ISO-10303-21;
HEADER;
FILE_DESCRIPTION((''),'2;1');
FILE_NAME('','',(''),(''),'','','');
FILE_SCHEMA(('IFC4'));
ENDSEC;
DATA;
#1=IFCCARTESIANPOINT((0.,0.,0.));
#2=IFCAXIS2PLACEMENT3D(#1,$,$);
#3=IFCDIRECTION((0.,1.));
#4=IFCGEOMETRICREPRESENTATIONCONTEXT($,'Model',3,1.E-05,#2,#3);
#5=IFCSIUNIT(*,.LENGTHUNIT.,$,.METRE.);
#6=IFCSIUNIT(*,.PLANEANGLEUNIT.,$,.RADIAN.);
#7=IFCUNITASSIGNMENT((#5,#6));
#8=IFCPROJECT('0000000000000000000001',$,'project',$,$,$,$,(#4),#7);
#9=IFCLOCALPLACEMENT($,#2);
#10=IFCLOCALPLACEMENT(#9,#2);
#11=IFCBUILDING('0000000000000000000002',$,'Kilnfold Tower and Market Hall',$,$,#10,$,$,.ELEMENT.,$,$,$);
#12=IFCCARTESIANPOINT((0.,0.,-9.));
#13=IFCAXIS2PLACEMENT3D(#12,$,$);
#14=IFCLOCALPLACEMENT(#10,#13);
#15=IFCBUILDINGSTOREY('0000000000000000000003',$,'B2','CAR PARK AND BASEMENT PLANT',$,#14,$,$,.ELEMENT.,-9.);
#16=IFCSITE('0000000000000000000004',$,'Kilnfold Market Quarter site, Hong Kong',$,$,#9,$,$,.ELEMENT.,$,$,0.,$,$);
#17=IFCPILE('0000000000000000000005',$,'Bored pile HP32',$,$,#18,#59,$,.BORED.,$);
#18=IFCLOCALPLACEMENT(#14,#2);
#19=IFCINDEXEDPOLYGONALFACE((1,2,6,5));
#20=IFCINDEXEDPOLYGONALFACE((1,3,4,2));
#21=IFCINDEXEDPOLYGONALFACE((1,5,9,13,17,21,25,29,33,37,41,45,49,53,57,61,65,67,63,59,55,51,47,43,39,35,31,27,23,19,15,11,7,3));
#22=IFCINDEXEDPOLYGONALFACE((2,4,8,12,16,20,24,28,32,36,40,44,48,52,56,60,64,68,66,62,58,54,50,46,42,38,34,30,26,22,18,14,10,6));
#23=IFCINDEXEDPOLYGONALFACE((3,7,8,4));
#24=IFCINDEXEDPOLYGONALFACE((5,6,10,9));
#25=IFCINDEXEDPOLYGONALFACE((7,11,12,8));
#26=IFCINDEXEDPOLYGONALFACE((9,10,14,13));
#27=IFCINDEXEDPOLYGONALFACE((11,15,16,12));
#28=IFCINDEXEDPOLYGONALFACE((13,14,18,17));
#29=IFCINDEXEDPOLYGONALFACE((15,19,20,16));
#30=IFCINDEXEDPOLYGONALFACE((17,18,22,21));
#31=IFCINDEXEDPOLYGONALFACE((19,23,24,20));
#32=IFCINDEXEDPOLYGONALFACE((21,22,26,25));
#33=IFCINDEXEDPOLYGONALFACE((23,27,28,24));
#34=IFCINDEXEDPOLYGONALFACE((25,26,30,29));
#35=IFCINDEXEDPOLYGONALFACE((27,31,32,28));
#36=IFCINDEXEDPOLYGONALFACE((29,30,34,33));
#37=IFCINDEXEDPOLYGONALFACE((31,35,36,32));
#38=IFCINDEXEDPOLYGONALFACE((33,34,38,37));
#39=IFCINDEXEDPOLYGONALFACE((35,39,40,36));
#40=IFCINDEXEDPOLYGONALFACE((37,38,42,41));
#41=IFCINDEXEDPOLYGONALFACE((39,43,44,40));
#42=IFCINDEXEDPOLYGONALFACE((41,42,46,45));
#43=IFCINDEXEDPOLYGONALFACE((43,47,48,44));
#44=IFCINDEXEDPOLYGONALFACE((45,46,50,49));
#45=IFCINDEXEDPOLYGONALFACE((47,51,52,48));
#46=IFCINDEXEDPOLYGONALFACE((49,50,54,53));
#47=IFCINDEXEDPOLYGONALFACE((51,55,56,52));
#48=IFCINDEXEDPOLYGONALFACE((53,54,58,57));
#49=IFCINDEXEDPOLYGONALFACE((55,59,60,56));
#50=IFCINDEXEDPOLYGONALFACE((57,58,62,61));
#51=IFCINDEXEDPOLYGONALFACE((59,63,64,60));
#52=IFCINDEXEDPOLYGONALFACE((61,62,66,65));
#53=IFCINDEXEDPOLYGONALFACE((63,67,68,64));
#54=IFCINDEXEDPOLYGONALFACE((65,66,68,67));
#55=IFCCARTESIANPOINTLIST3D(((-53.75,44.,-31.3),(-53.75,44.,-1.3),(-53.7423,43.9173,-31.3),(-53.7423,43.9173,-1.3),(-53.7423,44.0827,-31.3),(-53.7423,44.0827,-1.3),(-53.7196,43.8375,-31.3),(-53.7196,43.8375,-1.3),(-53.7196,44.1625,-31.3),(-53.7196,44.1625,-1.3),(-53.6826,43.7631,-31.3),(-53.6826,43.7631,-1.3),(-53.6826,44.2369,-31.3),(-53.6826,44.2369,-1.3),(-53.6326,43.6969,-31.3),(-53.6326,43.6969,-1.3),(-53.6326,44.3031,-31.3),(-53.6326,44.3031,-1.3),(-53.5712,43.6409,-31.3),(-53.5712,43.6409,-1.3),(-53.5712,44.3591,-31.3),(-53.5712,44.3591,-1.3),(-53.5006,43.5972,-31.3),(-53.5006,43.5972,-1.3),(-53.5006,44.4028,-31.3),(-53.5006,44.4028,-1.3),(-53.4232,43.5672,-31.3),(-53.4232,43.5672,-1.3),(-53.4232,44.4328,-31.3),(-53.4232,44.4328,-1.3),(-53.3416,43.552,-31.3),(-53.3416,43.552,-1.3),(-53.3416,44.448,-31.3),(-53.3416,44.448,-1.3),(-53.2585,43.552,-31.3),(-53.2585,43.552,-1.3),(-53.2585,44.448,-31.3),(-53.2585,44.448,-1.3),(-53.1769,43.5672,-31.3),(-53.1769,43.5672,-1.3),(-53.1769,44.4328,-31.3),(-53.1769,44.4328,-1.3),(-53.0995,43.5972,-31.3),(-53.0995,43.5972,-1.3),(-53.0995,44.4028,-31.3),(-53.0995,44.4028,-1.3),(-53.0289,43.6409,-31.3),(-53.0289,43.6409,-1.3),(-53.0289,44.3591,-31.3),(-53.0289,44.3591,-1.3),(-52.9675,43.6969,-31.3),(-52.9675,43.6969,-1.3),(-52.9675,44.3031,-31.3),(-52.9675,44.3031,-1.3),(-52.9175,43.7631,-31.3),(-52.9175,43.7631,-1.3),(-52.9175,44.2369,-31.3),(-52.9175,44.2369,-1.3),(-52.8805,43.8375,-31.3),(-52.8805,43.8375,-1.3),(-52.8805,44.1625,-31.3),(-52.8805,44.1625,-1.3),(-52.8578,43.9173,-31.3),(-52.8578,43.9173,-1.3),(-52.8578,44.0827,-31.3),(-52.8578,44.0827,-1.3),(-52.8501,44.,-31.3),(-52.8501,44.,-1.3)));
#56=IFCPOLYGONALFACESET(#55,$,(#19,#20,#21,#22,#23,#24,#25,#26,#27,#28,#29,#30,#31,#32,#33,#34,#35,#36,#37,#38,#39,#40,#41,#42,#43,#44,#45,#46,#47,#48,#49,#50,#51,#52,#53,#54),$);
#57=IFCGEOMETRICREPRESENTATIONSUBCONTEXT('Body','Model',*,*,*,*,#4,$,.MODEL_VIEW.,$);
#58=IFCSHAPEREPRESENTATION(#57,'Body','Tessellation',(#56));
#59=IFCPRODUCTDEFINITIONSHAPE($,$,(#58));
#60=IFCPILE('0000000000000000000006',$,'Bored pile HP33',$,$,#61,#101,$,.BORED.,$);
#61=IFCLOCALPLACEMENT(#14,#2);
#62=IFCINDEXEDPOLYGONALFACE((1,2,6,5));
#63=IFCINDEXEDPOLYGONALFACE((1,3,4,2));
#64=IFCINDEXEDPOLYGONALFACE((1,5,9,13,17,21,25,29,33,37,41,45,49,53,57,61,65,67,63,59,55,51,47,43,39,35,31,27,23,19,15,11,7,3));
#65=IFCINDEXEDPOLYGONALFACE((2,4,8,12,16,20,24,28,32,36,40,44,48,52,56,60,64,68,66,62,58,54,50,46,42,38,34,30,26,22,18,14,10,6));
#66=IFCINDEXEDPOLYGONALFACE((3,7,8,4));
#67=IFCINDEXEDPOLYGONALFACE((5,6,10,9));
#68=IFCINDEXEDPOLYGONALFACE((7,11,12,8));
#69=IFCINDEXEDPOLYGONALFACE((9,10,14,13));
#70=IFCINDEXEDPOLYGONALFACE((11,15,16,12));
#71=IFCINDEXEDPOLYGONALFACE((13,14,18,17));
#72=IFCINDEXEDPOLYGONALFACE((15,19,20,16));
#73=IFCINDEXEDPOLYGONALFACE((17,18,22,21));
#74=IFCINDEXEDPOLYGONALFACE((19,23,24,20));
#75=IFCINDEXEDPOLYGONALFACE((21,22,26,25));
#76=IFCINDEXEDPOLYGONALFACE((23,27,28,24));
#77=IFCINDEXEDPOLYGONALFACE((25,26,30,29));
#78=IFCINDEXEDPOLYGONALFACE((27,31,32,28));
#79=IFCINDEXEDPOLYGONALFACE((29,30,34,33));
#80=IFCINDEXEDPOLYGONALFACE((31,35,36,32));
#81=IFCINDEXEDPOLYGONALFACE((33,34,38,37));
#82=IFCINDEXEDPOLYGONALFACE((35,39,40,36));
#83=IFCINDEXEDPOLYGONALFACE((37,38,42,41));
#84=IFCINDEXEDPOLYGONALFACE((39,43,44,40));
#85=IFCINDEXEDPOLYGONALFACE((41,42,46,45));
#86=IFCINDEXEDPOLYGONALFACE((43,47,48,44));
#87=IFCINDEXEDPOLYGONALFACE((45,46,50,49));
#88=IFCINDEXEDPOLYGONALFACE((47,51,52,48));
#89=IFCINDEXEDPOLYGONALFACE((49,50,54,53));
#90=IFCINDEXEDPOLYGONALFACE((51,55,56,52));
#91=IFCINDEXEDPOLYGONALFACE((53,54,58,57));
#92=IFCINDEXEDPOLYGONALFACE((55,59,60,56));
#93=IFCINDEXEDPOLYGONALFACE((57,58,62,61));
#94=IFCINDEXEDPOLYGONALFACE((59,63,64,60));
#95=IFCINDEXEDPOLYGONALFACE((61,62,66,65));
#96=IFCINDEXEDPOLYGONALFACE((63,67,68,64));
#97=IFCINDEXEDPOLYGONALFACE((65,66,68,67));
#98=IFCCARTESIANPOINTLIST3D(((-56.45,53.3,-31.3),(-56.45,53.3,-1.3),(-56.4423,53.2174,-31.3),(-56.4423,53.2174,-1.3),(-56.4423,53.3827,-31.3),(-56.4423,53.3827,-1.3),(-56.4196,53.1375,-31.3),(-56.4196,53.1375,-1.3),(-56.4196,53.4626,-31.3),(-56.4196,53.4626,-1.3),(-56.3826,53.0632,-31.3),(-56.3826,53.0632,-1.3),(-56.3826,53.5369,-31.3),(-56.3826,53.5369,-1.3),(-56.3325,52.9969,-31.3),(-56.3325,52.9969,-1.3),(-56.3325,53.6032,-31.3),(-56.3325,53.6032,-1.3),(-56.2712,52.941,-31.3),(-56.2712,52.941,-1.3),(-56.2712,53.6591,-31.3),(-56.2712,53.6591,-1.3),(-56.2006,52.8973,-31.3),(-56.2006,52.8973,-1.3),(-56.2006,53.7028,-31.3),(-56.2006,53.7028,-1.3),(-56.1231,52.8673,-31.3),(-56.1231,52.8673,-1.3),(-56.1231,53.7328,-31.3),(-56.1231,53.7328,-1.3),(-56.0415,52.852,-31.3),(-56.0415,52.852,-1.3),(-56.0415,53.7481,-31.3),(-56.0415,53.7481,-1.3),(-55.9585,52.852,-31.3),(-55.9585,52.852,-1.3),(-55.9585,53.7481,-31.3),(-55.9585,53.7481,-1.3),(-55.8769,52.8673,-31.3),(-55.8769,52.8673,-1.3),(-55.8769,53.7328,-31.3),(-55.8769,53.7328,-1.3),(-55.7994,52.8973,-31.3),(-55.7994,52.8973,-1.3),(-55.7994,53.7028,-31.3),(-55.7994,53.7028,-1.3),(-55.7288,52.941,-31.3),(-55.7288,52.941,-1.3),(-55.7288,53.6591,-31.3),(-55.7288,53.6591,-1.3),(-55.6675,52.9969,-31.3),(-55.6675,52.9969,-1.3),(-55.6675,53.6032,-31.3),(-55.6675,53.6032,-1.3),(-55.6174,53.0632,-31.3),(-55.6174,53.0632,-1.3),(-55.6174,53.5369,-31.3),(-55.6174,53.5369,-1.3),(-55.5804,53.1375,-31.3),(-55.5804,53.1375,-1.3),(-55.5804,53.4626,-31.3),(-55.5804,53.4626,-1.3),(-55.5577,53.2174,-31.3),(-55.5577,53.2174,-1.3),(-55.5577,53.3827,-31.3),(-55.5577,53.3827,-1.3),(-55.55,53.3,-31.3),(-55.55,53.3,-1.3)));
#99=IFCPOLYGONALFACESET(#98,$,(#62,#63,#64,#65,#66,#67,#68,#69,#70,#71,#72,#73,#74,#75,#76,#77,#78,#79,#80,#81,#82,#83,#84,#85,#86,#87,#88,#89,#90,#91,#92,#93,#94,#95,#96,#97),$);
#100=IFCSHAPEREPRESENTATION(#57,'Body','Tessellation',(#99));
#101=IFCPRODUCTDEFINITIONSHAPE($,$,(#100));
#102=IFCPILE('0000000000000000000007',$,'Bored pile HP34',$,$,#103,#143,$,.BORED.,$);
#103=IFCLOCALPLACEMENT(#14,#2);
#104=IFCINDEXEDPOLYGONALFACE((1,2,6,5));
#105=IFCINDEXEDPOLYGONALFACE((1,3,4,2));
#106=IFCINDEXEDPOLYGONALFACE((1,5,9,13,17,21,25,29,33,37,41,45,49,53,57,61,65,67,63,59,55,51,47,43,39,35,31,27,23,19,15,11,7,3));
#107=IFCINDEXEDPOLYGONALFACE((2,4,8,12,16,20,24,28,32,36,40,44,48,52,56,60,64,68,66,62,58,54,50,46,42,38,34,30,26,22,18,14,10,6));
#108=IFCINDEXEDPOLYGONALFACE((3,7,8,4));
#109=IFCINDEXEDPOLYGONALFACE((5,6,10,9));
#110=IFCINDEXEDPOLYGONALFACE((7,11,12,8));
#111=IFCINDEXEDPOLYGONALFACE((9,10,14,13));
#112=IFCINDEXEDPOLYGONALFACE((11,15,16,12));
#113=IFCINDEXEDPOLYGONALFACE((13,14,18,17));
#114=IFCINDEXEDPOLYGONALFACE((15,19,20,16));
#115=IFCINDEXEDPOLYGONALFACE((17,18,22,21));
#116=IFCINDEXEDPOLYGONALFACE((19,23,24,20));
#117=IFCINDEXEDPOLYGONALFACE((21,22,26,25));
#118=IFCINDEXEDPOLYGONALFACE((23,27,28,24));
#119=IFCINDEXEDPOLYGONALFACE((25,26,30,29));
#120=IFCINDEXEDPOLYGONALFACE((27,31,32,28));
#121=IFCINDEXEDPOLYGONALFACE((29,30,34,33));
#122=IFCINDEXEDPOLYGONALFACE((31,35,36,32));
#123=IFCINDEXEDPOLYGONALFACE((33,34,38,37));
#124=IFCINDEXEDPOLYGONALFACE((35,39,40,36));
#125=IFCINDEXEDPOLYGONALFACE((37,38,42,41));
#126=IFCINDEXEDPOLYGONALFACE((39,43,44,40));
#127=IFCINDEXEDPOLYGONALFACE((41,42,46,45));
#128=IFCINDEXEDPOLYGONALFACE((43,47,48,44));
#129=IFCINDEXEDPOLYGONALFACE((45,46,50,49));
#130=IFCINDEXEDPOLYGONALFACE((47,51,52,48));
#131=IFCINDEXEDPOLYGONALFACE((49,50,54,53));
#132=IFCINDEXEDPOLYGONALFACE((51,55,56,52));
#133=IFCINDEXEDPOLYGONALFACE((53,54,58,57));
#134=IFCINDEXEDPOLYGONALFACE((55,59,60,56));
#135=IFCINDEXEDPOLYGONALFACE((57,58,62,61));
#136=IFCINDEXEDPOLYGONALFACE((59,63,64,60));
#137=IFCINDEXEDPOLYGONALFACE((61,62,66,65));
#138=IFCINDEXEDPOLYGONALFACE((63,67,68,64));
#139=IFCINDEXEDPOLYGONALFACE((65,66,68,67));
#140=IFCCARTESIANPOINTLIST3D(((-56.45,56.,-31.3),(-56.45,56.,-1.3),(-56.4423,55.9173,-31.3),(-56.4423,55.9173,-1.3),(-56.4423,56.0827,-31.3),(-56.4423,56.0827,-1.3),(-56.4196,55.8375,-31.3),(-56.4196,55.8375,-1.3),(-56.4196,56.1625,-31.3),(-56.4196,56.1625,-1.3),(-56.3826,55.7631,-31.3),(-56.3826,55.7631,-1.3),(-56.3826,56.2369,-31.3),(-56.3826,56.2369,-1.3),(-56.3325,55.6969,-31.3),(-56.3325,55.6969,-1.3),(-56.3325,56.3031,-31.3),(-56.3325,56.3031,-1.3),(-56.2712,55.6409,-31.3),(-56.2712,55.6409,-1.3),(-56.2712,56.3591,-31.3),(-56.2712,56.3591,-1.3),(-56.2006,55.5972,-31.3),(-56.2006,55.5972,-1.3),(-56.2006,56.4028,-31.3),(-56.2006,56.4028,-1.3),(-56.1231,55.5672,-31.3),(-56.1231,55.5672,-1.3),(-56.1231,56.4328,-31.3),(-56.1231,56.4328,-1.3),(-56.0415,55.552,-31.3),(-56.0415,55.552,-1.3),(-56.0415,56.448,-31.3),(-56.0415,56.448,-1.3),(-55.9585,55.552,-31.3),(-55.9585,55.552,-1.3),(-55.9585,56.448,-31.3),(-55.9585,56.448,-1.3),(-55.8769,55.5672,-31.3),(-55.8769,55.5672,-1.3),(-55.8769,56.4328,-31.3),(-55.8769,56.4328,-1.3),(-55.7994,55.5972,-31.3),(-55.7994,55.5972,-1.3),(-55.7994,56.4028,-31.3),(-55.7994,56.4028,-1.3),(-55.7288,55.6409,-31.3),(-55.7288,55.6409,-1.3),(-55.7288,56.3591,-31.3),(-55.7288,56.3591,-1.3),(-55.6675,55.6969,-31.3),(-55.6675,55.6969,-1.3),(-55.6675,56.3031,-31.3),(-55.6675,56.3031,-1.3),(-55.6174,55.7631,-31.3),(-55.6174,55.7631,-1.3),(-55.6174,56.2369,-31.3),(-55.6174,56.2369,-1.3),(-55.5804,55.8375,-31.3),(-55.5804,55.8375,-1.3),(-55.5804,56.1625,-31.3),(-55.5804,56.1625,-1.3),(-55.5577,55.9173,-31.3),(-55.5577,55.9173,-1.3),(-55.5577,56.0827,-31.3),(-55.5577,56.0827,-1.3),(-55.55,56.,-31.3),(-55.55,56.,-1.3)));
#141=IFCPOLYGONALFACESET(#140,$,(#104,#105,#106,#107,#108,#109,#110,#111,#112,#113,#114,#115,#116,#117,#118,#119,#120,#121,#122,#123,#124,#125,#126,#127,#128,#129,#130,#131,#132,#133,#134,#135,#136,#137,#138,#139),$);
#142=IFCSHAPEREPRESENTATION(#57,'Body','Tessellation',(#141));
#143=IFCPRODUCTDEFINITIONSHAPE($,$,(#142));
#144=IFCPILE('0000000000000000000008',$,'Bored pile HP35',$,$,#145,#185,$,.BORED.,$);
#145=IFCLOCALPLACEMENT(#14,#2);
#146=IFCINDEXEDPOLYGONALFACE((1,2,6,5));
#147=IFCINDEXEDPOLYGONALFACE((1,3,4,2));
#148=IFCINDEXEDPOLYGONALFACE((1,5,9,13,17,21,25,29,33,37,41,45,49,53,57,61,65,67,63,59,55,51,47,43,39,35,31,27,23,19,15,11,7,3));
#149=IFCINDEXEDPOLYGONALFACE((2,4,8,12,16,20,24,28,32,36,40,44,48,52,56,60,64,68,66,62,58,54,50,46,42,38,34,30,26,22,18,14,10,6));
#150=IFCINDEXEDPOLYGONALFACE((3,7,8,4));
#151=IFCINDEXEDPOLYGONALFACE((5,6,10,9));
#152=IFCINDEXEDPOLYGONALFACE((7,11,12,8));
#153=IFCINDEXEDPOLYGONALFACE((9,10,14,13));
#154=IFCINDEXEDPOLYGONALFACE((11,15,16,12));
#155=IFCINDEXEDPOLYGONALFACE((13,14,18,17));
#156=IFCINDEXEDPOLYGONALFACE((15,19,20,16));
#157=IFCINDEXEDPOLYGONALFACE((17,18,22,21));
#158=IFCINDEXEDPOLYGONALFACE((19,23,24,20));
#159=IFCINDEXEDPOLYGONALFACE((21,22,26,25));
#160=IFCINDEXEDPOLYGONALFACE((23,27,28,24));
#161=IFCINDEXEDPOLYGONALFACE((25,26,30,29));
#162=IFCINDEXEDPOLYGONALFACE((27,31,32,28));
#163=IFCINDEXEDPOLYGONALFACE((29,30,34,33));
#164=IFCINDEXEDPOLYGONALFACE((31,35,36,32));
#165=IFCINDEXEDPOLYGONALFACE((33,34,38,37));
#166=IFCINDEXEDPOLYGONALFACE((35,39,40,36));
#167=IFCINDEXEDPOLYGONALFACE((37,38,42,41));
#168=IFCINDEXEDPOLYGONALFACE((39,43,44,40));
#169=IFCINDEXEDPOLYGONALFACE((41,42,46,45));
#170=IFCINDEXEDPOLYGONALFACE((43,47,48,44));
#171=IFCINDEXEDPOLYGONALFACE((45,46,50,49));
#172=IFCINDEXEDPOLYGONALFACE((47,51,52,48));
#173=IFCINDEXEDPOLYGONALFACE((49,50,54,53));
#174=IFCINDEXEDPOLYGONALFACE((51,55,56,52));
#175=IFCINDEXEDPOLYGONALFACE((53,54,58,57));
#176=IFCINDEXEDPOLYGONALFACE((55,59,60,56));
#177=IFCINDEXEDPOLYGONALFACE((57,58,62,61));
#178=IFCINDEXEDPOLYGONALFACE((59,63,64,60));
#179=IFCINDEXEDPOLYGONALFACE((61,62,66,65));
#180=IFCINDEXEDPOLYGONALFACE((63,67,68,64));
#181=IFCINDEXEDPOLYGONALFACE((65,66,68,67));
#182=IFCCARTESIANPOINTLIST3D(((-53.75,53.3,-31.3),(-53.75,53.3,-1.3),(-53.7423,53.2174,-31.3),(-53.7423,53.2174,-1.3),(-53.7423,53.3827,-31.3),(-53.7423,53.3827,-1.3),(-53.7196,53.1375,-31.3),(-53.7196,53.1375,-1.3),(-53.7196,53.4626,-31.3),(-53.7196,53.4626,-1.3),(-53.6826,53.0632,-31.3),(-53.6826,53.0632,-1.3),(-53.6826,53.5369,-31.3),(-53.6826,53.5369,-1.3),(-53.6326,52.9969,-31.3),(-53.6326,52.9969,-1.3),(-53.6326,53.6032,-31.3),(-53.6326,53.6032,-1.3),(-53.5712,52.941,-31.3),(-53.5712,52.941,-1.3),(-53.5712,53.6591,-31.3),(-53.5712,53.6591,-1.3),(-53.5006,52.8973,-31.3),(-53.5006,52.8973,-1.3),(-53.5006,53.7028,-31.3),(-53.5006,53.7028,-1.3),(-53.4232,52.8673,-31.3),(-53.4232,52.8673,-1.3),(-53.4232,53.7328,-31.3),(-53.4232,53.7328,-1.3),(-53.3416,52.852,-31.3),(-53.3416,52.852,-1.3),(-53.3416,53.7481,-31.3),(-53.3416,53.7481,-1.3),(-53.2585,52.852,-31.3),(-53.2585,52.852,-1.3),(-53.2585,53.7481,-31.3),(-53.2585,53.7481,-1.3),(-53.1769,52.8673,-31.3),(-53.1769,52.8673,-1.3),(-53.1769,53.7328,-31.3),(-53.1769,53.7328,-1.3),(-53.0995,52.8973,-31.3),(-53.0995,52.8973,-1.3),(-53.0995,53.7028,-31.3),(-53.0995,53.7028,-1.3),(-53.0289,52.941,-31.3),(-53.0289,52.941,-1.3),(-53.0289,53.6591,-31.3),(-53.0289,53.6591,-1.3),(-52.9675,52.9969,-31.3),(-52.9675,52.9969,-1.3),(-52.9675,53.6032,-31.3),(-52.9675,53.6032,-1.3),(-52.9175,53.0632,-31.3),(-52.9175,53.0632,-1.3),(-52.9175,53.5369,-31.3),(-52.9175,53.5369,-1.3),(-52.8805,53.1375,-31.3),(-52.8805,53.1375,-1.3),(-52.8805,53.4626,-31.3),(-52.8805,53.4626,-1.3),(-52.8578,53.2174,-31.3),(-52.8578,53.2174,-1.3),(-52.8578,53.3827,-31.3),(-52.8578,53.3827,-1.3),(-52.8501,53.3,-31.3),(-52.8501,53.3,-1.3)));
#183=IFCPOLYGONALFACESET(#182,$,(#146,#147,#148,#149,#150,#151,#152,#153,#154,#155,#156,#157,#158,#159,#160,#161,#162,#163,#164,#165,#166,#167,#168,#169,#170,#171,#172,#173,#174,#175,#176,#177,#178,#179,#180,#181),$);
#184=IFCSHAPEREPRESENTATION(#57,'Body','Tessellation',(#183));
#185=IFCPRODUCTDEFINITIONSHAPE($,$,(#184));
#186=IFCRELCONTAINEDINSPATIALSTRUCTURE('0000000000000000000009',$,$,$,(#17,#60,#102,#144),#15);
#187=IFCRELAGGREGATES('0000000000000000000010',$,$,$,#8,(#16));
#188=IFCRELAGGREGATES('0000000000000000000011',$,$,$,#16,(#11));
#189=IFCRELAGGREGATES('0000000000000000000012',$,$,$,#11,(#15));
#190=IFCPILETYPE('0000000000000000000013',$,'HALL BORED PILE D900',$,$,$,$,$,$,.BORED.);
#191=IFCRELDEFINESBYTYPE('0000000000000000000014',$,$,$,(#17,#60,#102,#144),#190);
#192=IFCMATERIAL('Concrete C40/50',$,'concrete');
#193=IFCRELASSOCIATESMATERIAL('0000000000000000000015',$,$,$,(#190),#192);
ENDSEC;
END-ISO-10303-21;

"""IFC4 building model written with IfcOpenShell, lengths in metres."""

from ifc_helpers import new_model, si_unit, direction, frame, origin, origin_2d, place, context, subcontext, project, spatial, circle, extrude, source, transform, mapped, material, material_profile, profile_set, type_object, element, save


model = new_model("IFC4")

# Units and contexts
model_context = context("Model", 3, precision=1e-05, world=origin(), true_north=direction((0.0, 1.0)))
body_context = subcontext(model_context, "Body", "Model", "MODEL_VIEW")
ifc_project = project(units=[si_unit("LENGTHUNIT", "METRE"), si_unit("PLANEANGLEUNIT", "RADIAN")], contexts=[model_context])

# Site, building, storey
site_placement = place(None, origin())
site = spatial("IfcSite", under=ifc_project, at=site_placement, Name="Kilnfold Market Quarter site, Hong Kong", CompositionType="ELEMENT", RefElevation=0.0)
building_placement = place(site_placement, origin())
building = spatial("IfcBuilding", under=site, at=building_placement, Name="Kilnfold Tower and Market Hall", CompositionType="ELEMENT")
storey_placement = place(building_placement, frame((0.0, 0.0, -9.0)))
storey = spatial("IfcBuildingStorey", under=building, at=storey_placement, Name="B2", Description="CAR PARK AND BASEMENT PLANT", CompositionType="ELEMENT", Elevation=-9.0)

# Piles
ifc_material_1 = material(Name="Concrete C40/50", Category="concrete")
ifc_material_profile_1 = material_profile(ifc_material_1, circle(Radius=0.45, at=origin_2d()), Name="D900")
ifc_profile_set_1 = profile_set([ifc_material_profile_1], Name="Concrete C40/50")
pile_type = type_object("IfcPileType", Name="HALL BORED PILE D900", PredefinedType="BORED", material=ifc_profile_set_1)
shared_shape_1 = source(origin(), body_context, "Body", "SweptSolid", [
    extrude(circle(Radius=0.45, at=origin_2d()), origin(), (0.0, 0.0, 1.0), 30.0),
])
for number, where, z_axis, x_axis, name in (
    (1, (-53.3, 44.0, -1.3), (0.0, 0.0, -1.0), (1.0, 0.0, 0.0), "Bored pile HP32"),
    (2, (-56.0, 53.3, -1.3), (0.0, 0.0, -1.0), (1.0, 0.0, 0.0), "Bored pile HP33"),
    (3, (-56.0, 56.0, -1.3), (0.0, 0.0, -1.0), (1.0, 0.0, 0.0), "Bored pile HP34"),
    (4, (-53.3, 53.3, -1.3), (0.0, 0.0, -1.0), (1.0, 0.0, 0.0), "Bored pile HP35"),
):
    element("IfcPile", number, at=place(storey_placement, frame(where, z_axis=z_axis, x_axis=x_axis)), inside=storey, type_object=pile_type, Name=name, PredefinedType="BORED", context=body_context, shape_type="MappedRepresentation", body=[
        mapped(shared_shape_1, transform((0.0, 0.0, 0.0))),
    ])

save(model, "model.ifc")
